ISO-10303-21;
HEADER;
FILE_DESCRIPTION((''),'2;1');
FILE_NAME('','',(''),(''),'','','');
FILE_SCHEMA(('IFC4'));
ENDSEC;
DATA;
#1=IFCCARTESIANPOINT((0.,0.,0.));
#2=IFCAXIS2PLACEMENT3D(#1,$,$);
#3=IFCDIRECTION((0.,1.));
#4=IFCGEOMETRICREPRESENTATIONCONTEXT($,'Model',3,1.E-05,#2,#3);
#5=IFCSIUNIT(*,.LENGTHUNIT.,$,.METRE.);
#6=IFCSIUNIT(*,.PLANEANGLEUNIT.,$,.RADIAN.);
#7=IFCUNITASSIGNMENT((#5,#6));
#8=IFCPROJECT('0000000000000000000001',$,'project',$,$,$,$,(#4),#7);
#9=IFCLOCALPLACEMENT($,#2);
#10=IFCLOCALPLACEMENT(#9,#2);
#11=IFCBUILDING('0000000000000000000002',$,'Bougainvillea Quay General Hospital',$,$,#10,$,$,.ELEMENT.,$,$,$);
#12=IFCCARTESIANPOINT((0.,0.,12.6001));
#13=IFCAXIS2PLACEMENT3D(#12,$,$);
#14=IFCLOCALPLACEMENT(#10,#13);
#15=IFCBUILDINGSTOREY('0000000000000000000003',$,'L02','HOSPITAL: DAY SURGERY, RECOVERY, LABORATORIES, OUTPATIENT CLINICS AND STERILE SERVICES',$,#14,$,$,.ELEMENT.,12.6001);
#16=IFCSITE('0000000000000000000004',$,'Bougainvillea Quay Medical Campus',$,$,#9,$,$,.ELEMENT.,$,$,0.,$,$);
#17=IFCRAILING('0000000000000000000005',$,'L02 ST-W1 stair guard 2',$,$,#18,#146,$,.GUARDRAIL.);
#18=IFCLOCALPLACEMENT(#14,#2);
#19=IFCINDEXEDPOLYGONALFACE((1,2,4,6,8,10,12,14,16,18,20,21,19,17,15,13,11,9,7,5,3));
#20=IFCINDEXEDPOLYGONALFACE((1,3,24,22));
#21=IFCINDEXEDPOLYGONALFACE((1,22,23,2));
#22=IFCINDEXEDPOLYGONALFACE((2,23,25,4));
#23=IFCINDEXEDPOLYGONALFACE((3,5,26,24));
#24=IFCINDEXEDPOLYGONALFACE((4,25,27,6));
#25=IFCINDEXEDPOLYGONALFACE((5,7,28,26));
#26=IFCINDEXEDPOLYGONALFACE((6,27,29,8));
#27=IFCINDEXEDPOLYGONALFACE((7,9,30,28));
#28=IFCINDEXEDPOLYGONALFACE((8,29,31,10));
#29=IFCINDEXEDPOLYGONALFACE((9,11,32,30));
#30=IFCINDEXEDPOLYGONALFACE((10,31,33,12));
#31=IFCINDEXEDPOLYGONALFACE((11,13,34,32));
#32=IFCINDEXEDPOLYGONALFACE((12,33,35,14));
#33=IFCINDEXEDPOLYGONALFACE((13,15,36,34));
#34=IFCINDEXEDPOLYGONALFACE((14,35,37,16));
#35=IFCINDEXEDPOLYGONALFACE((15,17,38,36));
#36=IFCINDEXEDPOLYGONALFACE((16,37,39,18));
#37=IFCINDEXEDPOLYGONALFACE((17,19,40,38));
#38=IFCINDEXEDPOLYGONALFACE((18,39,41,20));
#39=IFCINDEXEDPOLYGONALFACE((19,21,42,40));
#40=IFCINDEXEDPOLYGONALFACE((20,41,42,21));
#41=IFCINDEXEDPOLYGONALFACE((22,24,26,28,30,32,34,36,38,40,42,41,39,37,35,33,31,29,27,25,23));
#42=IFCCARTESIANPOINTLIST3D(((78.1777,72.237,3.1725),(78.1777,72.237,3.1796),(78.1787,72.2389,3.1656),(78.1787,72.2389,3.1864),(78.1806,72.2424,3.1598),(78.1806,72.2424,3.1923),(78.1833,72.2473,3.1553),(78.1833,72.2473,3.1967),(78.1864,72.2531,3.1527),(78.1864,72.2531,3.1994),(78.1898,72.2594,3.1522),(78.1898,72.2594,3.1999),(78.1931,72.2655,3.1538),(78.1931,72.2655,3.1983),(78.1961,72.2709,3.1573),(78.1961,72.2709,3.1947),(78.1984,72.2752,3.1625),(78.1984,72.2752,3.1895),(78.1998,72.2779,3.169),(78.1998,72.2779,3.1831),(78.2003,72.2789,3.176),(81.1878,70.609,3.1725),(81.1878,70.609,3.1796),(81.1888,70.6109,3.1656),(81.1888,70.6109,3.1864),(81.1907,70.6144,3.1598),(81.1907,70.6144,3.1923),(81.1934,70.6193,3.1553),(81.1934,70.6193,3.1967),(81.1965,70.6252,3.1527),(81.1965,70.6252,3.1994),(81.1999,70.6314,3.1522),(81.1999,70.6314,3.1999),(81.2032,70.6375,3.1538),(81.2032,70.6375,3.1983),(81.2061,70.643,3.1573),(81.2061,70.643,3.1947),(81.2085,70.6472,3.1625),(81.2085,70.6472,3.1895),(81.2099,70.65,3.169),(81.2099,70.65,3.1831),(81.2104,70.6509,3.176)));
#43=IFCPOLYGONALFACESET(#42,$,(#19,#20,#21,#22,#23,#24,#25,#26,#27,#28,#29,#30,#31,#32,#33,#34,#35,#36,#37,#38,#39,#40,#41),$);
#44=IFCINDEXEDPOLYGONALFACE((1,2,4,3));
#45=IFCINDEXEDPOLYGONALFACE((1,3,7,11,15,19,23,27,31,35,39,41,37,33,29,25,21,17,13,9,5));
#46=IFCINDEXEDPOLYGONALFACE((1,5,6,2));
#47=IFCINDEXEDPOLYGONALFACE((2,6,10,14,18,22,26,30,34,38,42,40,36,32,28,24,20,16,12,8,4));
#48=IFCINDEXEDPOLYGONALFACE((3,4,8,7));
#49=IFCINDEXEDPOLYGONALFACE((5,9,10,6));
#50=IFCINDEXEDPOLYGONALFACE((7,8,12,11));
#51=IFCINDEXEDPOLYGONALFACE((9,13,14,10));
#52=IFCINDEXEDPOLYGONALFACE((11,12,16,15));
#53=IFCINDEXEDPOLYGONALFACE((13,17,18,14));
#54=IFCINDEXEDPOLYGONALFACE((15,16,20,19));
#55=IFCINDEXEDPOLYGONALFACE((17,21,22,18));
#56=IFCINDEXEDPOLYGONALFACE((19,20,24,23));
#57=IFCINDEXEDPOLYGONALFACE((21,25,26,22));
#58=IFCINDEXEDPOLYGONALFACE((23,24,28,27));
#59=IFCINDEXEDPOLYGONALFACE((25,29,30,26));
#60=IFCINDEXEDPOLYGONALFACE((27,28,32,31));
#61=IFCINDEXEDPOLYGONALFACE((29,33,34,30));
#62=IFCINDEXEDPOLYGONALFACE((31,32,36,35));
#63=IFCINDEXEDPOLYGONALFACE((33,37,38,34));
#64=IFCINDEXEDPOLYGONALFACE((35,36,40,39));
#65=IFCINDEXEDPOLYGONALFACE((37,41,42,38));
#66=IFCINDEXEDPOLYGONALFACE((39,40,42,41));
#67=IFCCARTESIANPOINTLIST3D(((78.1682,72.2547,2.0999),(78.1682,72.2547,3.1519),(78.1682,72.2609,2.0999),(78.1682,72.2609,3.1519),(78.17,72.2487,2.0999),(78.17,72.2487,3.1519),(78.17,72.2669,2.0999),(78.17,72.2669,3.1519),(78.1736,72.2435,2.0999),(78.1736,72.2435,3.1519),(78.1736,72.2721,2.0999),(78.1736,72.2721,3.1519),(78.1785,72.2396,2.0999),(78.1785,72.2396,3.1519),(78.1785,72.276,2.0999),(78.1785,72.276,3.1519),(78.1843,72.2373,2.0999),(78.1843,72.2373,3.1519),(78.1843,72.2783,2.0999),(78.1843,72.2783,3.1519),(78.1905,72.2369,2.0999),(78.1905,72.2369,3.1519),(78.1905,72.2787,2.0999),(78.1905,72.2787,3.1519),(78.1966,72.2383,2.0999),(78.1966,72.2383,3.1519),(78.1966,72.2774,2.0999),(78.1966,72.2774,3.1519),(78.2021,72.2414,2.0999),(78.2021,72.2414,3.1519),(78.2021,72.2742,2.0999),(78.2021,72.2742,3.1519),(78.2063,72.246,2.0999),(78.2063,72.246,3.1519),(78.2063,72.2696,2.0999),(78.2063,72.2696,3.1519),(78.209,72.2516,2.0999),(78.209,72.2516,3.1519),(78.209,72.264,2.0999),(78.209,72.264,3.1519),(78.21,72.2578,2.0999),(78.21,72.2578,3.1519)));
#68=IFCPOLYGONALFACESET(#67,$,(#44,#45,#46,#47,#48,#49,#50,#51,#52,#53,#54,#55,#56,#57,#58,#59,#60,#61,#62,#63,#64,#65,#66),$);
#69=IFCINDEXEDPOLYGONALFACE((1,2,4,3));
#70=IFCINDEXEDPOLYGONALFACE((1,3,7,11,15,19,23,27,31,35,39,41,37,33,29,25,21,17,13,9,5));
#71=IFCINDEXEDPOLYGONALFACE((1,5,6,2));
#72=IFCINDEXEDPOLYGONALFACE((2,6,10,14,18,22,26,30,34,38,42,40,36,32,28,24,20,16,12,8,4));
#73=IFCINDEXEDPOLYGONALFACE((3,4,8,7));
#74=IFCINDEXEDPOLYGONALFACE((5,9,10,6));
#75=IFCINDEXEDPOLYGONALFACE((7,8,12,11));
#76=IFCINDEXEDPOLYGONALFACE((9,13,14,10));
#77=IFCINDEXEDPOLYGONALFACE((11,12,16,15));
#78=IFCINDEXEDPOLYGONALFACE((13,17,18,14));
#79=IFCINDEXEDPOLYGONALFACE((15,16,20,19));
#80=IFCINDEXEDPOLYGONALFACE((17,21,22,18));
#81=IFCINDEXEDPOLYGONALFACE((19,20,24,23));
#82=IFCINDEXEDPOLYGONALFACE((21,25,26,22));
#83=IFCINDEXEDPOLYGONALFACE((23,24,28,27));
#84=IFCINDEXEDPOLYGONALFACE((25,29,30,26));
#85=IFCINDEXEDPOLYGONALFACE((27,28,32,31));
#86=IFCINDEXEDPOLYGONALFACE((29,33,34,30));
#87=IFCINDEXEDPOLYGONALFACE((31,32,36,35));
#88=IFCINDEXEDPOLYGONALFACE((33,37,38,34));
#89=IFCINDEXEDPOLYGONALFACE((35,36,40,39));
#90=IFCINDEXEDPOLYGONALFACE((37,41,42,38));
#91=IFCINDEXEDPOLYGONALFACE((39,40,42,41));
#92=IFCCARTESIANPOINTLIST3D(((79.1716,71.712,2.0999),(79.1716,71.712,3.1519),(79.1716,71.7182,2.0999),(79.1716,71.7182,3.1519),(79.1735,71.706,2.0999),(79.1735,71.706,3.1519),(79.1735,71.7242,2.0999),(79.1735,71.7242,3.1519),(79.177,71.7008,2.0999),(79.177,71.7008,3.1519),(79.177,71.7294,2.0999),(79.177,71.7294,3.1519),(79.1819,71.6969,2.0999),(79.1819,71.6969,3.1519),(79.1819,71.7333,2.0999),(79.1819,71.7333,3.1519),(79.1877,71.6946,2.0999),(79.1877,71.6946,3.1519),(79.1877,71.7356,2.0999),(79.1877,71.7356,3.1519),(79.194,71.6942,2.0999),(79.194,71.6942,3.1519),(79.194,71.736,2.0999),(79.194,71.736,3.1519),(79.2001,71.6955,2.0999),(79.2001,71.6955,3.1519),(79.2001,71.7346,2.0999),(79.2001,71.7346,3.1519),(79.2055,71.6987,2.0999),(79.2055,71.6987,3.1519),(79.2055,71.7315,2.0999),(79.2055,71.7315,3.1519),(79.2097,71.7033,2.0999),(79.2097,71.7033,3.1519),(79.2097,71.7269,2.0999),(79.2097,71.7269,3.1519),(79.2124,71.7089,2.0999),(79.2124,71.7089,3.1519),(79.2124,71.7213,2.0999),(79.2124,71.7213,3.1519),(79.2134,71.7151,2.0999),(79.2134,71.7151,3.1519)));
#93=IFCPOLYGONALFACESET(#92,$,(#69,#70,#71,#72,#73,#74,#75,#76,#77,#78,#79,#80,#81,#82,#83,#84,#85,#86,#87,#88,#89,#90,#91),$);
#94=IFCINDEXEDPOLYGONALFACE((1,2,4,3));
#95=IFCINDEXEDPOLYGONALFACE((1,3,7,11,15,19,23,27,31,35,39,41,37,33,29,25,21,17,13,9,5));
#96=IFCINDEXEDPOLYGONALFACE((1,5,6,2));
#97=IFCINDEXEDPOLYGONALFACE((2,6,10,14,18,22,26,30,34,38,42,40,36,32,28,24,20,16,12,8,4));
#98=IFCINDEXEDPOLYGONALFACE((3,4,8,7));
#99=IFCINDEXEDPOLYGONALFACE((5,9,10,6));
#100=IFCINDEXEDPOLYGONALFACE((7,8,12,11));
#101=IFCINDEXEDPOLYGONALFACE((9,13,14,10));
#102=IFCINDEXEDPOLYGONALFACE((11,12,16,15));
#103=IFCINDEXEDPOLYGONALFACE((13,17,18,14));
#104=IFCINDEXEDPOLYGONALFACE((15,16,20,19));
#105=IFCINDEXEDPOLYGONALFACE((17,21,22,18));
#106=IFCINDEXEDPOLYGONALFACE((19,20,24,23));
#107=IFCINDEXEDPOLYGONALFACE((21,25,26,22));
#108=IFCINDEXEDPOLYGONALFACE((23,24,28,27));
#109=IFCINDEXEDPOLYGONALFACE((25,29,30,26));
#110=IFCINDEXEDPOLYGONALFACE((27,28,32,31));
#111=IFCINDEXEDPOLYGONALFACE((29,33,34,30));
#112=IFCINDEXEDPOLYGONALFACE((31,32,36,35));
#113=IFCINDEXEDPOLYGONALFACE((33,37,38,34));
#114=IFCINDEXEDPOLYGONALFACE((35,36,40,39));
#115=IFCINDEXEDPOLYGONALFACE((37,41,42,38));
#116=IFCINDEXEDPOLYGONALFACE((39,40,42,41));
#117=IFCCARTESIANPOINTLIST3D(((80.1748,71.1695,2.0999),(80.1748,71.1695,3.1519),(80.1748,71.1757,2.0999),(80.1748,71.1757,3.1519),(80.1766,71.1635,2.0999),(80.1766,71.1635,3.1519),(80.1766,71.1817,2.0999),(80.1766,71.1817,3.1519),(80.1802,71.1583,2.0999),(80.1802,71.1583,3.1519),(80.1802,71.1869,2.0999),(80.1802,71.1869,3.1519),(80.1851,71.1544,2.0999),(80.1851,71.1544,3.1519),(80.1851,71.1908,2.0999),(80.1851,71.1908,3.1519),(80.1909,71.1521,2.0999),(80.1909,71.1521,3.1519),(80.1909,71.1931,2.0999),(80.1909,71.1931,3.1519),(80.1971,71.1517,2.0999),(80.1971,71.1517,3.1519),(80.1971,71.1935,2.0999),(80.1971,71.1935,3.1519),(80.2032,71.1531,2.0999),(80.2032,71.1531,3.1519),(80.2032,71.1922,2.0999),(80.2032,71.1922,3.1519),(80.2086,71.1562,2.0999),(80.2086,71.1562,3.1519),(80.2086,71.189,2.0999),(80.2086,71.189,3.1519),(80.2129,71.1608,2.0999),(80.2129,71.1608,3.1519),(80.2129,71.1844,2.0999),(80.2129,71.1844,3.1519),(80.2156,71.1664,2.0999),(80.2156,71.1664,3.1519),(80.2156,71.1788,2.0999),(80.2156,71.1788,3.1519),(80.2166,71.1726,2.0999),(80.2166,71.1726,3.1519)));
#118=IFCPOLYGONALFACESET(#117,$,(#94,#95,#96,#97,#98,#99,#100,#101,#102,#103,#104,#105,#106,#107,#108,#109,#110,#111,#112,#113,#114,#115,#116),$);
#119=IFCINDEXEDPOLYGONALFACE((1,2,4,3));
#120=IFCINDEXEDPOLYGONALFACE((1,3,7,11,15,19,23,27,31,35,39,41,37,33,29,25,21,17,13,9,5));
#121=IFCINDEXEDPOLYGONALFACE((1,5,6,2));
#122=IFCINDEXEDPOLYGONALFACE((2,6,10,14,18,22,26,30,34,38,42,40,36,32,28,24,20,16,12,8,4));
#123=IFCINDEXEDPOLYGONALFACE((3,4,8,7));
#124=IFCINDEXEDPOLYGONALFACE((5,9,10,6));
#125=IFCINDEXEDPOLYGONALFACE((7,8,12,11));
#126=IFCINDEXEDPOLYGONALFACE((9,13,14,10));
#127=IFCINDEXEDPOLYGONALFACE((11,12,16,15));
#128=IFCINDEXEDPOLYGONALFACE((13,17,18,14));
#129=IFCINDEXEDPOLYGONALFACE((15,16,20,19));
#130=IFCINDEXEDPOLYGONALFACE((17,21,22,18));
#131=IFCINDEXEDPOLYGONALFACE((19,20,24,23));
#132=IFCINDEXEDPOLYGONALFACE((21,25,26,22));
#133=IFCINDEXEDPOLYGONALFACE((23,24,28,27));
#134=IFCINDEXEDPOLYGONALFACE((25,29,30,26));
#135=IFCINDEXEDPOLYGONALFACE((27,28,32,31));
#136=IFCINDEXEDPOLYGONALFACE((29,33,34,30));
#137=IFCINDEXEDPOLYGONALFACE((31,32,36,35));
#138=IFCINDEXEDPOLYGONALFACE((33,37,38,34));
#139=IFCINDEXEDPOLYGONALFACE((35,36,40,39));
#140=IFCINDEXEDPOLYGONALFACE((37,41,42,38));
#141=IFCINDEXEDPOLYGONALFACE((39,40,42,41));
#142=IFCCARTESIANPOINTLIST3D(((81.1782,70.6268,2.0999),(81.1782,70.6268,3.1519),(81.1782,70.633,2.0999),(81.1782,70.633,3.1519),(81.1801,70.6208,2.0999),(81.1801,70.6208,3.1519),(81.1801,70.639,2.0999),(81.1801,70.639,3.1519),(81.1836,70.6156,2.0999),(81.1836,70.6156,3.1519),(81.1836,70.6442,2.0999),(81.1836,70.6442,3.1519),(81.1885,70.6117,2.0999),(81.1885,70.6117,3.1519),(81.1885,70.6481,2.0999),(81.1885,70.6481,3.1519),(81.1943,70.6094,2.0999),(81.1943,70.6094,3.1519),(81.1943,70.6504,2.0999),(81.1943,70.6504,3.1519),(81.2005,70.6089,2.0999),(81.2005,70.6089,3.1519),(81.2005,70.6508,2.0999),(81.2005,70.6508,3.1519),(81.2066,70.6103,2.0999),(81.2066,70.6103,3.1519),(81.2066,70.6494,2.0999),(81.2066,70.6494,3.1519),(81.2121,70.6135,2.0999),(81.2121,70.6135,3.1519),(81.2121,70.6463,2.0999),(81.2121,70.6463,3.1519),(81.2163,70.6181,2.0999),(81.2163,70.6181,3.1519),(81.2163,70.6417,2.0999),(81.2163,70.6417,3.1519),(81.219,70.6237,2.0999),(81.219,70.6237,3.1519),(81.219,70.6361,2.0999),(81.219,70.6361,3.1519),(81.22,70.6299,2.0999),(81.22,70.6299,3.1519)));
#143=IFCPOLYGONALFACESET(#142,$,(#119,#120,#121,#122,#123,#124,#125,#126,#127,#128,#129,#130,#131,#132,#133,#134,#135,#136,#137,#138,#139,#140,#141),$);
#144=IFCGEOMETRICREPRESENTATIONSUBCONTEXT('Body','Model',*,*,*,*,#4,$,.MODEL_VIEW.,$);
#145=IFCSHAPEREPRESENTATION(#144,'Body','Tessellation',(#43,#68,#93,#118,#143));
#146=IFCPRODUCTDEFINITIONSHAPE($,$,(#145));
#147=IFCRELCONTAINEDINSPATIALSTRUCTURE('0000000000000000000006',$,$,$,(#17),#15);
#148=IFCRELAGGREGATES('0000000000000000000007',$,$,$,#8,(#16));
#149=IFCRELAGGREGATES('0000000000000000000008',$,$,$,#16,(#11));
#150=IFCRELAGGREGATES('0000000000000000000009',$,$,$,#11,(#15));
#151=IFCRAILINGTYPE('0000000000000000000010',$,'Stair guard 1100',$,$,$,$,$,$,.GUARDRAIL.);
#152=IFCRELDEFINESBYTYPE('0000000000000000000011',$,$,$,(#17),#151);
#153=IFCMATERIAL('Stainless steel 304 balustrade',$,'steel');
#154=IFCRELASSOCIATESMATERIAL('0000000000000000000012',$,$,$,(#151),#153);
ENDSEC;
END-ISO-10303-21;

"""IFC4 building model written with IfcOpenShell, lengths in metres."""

from ifc_helpers import new_model, si_unit, direction, frame, origin, origin_2d, place, context, subcontext, project, spatial, circle, extrude, material, type_object, element, save


model = new_model("IFC4")

# Units and contexts
model_context = context("Model", 3, precision=1e-05, world=origin(), true_north=direction((0.0, 1.0)))
body_context = subcontext(model_context, "Body", "Model", "MODEL_VIEW")
ifc_project = project(units=[si_unit("LENGTHUNIT", "METRE"), si_unit("PLANEANGLEUNIT", "RADIAN")], contexts=[model_context])

# Site, building, storey
site_placement = place(None, origin())
site = spatial("IfcSite", under=ifc_project, at=site_placement, Name="Bougainvillea Quay Medical Campus", CompositionType="ELEMENT", RefElevation=0.0)
building_placement = place(site_placement, origin())
building = spatial("IfcBuilding", under=site, at=building_placement, Name="Bougainvillea Quay General Hospital", CompositionType="ELEMENT")
storey_placement = place(building_placement, frame((0.0, 0.0, 12.6001)))
storey = spatial("IfcBuildingStorey", under=building, at=storey_placement, Name="L02", Description="HOSPITAL: DAY SURGERY, RECOVERY, LABORATORIES, OUTPATIENT CLINICS AND STERILE SERVICES", CompositionType="ELEMENT", Elevation=12.6001)

# Railing
ifc_material_1 = material(Name="Stainless steel 304 balustrade", Category="steel")
railing_type_1 = type_object("IfcRailingType", Name="Stair guard 1100", PredefinedType="GUARDRAIL", material=ifc_material_1)
railing_1_placement = place(storey_placement, frame((78.189, 72.2578, 2.0999)))
element("IfcRailing", 1, at=railing_1_placement, inside=storey, type_object=railing_type_1, Name="L02 ST-W1 stair guard 2", PredefinedType="GUARDRAIL", context=body_context, shape_type="SweptSolid", body=[
    extrude(circle(Radius=0.0239, at=origin_2d()), frame((0.0, 0.0, 1.0762), z_axis=(0.879597, -0.47572, 0.0), x_axis=(0.47572, 0.879597, 0.0)), (0.0, 0.0, 1.0), 3.4221),
    extrude(circle(Radius=0.021, at=origin_2d()), origin(), (0.0, 0.0, 1.0), 1.052),
    extrude(circle(Radius=0.021, at=origin_2d()), frame((1.0034, -0.5427, 0.0)), (0.0, 0.0, 1.0), 1.052),
    extrude(circle(Radius=0.021, at=origin_2d()), frame((2.0066, -1.0852, 0.0)), (0.0, 0.0, 1.0), 1.052),
    extrude(circle(Radius=0.021, at=origin_2d()), frame((3.01, -1.6279, 0.0)), (0.0, 0.0, 1.0), 1.052),
])

save(model, "model.ifc")
